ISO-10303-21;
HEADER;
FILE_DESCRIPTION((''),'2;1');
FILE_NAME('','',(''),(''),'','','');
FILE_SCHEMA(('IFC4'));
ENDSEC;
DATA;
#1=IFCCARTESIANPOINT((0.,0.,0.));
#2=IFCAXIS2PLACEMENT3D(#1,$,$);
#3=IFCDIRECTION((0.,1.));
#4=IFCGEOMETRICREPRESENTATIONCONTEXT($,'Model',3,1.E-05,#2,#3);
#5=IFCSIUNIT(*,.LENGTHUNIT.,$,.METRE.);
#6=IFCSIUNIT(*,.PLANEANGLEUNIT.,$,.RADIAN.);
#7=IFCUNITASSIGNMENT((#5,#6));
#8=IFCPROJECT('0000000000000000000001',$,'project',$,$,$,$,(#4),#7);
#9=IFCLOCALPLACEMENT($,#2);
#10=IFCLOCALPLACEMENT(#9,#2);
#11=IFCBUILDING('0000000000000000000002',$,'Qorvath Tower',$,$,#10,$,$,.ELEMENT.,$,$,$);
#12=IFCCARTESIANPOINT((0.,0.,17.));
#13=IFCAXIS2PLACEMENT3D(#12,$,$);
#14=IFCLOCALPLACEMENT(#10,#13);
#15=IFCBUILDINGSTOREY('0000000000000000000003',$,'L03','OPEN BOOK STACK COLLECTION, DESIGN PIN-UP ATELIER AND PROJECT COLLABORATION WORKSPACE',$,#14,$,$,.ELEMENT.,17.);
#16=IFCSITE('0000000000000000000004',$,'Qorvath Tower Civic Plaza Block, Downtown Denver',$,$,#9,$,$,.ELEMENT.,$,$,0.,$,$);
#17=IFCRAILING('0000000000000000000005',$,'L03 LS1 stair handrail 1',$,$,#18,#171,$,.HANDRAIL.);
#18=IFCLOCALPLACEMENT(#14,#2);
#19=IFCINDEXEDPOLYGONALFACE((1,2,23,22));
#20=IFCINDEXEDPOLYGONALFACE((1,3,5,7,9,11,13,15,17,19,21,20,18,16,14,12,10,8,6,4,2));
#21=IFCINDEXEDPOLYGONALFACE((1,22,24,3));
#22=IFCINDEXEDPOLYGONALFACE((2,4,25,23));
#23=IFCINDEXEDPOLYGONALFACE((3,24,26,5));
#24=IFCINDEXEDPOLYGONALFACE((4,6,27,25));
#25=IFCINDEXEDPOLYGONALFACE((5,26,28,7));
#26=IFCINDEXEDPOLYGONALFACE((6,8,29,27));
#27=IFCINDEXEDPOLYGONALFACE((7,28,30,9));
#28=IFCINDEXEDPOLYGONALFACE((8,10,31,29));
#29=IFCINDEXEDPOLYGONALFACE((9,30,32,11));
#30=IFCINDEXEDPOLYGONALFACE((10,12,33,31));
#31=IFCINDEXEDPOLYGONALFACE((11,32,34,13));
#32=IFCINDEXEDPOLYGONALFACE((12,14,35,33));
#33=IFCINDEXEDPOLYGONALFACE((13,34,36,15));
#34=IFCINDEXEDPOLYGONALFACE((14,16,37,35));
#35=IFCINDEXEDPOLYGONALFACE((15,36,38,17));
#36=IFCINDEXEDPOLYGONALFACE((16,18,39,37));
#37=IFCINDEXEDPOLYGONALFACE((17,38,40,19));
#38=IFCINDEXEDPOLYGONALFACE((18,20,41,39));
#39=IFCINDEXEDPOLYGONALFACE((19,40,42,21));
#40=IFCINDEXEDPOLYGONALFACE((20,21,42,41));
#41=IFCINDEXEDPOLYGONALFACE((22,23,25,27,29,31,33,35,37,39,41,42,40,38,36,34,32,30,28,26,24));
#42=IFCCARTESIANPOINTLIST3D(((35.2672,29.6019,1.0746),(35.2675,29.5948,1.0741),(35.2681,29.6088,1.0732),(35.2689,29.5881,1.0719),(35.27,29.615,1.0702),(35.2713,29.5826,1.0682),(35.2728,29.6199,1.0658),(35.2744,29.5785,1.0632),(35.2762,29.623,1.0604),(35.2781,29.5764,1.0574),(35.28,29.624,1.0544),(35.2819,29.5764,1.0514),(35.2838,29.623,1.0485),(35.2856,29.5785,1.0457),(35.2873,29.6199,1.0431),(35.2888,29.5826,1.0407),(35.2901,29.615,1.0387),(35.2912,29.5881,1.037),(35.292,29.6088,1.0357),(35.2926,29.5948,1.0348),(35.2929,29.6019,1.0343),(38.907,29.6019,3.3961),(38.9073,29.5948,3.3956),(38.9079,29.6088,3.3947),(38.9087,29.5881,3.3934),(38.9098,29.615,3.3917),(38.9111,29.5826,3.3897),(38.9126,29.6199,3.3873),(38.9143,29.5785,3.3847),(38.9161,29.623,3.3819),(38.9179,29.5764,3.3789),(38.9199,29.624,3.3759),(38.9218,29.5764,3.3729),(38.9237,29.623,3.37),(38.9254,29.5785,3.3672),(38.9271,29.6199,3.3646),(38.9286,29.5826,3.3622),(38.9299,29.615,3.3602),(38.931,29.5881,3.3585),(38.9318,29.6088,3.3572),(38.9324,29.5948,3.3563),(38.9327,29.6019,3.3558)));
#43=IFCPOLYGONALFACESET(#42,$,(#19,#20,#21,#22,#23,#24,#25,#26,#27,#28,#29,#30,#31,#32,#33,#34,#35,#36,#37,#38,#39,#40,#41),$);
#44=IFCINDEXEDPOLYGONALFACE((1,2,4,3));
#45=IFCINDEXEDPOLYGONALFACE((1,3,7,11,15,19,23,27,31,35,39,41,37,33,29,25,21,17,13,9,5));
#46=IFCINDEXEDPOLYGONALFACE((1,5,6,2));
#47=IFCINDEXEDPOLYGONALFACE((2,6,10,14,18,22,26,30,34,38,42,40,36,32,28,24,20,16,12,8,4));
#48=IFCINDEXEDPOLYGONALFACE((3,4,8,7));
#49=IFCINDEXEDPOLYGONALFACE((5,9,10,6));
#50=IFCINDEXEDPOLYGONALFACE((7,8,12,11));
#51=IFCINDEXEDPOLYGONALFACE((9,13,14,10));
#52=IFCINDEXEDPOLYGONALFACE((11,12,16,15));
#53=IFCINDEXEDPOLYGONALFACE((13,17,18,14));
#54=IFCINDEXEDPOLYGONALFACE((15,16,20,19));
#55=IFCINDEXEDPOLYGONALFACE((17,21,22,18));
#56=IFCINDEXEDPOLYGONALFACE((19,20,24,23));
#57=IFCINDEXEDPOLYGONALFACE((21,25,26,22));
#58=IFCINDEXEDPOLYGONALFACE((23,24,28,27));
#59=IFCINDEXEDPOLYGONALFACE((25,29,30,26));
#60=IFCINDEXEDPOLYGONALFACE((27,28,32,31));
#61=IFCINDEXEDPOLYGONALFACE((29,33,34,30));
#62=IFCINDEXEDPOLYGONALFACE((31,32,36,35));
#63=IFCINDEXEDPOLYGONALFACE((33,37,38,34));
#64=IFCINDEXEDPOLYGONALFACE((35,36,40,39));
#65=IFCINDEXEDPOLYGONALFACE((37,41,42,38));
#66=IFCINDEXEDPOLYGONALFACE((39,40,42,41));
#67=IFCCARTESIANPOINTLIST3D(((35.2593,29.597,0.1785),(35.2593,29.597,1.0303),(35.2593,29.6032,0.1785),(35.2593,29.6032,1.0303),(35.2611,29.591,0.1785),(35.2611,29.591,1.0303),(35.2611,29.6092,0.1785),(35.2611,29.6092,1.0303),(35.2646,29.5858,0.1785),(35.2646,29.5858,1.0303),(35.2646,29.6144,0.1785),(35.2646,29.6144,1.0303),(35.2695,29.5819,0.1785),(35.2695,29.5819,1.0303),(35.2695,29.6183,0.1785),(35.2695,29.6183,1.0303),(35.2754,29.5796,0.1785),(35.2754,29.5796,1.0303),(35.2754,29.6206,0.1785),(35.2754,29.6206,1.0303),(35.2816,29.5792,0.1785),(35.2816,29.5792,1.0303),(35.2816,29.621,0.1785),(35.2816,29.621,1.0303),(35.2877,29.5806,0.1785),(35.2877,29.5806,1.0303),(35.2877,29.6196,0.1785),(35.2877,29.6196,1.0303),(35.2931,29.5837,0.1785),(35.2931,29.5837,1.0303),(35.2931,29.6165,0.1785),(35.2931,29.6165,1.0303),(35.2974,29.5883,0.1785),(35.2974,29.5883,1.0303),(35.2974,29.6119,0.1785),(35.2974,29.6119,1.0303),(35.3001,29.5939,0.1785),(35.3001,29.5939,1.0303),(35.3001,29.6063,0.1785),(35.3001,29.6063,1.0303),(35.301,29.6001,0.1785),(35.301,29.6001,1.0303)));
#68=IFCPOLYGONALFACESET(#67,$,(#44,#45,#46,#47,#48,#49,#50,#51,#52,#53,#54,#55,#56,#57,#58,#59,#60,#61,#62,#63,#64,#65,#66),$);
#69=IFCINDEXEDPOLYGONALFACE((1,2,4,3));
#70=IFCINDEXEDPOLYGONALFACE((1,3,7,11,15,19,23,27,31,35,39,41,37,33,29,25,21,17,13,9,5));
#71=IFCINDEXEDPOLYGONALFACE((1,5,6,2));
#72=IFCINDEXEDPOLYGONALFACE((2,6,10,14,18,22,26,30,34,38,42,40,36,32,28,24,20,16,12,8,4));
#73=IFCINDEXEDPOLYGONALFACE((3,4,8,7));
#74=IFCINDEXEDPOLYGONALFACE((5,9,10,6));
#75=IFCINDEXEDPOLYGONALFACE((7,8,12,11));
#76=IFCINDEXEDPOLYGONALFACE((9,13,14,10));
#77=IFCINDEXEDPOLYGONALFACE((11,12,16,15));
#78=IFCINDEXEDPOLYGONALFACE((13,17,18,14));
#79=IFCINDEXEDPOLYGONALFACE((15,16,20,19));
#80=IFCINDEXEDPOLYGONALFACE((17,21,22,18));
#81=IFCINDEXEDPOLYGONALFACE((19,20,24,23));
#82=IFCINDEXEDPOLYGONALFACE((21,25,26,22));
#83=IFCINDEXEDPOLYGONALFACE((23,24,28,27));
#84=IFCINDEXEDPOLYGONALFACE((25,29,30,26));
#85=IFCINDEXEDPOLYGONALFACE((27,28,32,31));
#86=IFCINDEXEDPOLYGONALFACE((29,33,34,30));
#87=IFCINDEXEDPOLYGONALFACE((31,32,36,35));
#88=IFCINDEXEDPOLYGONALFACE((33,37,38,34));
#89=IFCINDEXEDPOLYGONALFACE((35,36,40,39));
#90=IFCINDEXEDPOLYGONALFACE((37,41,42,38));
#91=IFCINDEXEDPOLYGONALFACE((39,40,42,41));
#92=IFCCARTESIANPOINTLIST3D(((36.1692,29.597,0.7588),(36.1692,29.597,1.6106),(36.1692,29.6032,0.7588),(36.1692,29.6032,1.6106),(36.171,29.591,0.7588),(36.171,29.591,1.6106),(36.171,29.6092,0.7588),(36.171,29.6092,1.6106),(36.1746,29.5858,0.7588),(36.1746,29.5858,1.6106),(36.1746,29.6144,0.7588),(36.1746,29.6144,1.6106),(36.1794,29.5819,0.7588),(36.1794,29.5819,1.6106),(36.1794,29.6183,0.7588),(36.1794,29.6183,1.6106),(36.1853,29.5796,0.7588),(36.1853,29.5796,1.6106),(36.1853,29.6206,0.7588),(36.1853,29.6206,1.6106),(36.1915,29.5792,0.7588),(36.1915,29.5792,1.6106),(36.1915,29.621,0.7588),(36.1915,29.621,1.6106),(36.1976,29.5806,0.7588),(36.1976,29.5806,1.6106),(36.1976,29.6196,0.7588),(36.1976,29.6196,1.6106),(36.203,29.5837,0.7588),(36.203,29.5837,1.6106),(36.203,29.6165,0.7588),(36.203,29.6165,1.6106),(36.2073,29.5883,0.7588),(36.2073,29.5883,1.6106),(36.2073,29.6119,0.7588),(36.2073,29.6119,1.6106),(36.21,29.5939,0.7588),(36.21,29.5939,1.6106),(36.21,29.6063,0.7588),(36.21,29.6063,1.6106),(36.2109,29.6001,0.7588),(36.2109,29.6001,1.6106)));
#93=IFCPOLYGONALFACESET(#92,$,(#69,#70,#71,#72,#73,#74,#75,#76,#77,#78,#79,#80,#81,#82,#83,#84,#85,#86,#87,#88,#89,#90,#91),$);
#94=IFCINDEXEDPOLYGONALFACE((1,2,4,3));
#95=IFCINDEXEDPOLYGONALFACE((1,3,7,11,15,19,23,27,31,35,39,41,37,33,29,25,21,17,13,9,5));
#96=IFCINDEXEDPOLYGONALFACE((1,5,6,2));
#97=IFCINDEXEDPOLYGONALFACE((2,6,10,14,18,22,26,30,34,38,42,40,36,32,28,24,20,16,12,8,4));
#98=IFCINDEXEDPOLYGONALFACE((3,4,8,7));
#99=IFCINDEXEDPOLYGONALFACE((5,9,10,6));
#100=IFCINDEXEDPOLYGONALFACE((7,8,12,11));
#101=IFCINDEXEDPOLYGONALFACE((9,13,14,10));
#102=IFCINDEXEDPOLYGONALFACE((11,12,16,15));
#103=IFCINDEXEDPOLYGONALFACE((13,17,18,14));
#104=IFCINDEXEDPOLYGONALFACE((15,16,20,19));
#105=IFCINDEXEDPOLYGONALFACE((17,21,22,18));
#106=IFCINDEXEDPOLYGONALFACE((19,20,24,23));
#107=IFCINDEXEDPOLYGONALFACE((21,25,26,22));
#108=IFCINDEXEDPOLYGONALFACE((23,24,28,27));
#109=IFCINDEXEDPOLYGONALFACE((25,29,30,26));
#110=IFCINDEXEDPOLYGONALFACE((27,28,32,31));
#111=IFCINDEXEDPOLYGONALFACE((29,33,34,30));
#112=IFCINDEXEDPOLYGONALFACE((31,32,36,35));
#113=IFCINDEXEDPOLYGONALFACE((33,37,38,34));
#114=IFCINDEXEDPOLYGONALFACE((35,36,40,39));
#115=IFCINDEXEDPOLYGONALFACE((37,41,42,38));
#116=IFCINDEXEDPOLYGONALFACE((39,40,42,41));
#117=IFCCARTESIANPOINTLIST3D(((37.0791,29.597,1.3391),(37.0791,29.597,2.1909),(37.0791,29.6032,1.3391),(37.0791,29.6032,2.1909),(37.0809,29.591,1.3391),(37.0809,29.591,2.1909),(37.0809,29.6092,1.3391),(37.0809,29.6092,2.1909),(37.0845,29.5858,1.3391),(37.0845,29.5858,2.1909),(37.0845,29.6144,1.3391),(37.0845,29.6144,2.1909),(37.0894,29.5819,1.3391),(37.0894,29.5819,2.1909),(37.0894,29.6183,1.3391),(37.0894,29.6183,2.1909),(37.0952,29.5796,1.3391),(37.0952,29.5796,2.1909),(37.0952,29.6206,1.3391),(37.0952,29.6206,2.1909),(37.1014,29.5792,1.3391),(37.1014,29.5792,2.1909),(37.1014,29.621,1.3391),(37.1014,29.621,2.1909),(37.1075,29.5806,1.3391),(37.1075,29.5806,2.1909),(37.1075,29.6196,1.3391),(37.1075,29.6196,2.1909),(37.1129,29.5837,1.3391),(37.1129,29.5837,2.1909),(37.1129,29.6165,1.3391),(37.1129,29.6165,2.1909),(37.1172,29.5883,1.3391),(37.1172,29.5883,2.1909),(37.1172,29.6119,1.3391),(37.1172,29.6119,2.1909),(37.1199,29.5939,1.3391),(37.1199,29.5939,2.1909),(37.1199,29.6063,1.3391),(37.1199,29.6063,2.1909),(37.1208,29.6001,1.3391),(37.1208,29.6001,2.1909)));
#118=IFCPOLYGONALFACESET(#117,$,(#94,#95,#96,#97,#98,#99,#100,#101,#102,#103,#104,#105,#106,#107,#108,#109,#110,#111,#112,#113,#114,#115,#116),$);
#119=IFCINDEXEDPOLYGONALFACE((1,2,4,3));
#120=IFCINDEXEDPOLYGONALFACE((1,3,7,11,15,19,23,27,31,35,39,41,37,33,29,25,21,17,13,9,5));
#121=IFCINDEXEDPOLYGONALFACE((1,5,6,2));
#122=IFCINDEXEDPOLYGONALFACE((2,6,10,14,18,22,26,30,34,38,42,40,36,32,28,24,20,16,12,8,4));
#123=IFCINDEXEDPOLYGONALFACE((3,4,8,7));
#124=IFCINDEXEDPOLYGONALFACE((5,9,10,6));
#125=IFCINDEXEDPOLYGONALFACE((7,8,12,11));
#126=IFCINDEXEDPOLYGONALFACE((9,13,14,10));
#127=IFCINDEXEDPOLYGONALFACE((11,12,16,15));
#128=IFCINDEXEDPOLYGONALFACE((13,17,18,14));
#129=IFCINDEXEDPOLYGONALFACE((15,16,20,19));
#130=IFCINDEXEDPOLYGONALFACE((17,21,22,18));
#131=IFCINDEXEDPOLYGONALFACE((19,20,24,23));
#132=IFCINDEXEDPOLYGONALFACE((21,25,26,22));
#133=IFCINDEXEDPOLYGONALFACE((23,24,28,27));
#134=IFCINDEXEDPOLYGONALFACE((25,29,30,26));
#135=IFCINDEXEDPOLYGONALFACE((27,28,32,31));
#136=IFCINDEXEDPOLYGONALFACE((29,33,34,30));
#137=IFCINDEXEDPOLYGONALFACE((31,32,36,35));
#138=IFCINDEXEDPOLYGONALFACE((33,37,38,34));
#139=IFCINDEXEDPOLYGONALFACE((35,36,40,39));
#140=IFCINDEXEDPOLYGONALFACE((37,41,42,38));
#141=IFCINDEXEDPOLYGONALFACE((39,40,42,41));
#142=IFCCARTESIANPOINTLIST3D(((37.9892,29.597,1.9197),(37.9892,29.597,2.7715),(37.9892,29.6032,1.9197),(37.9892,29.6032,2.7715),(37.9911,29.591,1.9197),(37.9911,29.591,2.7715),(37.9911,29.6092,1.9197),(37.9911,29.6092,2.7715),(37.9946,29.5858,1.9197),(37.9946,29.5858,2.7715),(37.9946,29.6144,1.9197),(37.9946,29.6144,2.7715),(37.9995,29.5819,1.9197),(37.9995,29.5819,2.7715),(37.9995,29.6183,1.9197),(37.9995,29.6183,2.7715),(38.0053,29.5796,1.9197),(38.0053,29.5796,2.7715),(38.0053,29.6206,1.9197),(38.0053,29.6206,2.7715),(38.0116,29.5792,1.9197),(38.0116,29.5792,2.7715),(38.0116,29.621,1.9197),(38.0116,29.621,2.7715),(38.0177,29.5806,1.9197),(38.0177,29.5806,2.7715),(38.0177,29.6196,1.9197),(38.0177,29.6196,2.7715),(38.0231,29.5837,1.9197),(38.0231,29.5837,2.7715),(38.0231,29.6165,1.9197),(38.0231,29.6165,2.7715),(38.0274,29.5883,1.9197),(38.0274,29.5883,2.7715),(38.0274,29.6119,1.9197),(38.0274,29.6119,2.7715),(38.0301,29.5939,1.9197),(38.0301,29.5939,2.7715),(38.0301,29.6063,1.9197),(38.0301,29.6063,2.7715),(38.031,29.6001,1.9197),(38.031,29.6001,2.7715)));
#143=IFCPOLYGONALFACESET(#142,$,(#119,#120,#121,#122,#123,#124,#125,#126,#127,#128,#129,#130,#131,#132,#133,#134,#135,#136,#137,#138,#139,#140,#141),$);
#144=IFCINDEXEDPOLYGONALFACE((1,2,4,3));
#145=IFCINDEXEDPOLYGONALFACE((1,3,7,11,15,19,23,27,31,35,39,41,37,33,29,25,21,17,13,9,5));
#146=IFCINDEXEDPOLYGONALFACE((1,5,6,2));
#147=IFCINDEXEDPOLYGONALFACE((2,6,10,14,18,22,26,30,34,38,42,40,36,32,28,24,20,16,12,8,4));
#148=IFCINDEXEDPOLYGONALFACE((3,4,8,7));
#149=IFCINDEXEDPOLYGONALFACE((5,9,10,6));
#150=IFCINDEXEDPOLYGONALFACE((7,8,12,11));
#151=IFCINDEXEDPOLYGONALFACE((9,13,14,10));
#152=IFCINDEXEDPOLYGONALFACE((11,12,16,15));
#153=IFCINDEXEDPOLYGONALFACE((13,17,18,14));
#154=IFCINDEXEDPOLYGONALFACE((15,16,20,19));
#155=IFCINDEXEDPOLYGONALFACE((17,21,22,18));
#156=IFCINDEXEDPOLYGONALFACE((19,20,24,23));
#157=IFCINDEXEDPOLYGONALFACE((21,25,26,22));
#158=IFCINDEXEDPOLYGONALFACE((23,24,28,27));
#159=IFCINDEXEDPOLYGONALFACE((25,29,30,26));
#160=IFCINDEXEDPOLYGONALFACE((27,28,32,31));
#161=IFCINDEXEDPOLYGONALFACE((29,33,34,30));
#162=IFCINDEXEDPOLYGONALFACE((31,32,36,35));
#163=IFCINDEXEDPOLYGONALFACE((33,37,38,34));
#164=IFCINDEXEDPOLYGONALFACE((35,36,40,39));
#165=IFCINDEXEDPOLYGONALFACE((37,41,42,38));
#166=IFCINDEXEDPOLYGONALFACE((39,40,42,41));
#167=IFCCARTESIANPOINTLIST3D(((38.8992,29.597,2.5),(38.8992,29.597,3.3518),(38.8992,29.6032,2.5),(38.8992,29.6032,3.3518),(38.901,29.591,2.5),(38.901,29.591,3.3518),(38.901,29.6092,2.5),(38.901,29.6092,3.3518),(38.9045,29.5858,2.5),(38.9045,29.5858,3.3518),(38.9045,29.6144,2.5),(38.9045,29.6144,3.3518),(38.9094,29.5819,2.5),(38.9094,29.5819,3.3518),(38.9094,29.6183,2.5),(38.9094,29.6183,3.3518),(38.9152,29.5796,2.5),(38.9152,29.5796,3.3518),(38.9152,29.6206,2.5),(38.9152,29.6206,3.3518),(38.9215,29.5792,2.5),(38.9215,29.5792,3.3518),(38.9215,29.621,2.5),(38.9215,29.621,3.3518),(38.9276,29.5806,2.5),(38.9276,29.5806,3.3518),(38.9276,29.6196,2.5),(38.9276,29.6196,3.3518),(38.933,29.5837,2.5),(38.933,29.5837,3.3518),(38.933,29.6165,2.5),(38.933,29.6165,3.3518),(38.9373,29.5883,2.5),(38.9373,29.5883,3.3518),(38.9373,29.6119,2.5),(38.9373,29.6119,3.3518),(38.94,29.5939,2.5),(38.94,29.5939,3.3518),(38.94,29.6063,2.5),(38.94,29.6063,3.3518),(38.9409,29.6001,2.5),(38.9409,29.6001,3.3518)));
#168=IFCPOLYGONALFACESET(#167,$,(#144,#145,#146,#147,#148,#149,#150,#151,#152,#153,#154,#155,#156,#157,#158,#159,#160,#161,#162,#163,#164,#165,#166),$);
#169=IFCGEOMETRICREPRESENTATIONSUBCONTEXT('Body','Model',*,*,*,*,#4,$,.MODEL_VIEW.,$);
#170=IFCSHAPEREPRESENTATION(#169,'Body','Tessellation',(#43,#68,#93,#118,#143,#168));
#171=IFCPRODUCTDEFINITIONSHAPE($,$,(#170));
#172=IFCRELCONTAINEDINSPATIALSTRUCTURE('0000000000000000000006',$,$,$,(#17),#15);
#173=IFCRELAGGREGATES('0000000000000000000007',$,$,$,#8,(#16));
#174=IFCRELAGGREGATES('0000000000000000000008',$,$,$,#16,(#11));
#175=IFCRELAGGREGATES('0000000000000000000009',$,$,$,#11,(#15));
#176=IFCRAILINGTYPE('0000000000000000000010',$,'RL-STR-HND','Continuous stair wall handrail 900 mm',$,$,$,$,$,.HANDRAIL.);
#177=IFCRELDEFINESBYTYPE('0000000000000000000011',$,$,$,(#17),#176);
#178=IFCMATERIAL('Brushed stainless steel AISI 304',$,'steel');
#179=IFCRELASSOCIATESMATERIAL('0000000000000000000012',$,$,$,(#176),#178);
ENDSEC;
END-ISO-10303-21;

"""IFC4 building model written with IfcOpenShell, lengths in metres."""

from ifc_helpers import new_model, si_unit, direction, frame, origin, origin_2d, place, context, subcontext, project, spatial, circle, extrude, material, type_object, element, save


model = new_model("IFC4")

# Units and contexts
model_context = context("Model", 3, precision=1e-05, world=origin(), true_north=direction((0.0, 1.0)))
body_context = subcontext(model_context, "Body", "Model", "MODEL_VIEW")
ifc_project = project(units=[si_unit("LENGTHUNIT", "METRE"), si_unit("PLANEANGLEUNIT", "RADIAN")], contexts=[model_context])

# Site, building, storey
site_placement = place(None, origin())
site = spatial("IfcSite", under=ifc_project, at=site_placement, Name="Qorvath Tower Civic Plaza Block, Downtown Denver", CompositionType="ELEMENT", RefElevation=0.0)
building_placement = place(site_placement, origin())
building = spatial("IfcBuilding", under=site, at=building_placement, Name="Qorvath Tower", CompositionType="ELEMENT")
storey_placement = place(building_placement, frame((0.0, 0.0, 17.0)))
storey = spatial("IfcBuildingStorey", under=building, at=storey_placement, Name="L03", Description="OPEN BOOK STACK COLLECTION, DESIGN PIN-UP ATELIER AND PROJECT COLLABORATION WORKSPACE", CompositionType="ELEMENT", Elevation=17.0)

# Railing
ifc_material_1 = material(Name="Brushed stainless steel AISI 304", Category="steel")
railing_type_1 = type_object("IfcRailingType", Name="RL-STR-HND", Description="Continuous stair wall handrail 900 mm", PredefinedType="HANDRAIL", material=ifc_material_1)
railing_1_placement = place(storey_placement, frame((35.28, 29.6001, 0.1785)))
element("IfcRailing", 1, at=railing_1_placement, inside=storey, type_object=railing_type_1, Name="L03 LS1 stair handrail 1", PredefinedType="HANDRAIL", context=body_context, shape_type="SweptSolid", body=[
    extrude(circle(Radius=0.0239, at=origin_2d()), frame((0.0, 0.0, 0.876), z_axis=(0.843112, 0.0, 0.537739), x_axis=(0.0, 1.0, 0.0)), (0.0, 0.0, 1.0), 4.3171),
    extrude(circle(Radius=0.021, at=origin_2d()), origin(), (0.0, 0.0, 1.0), 0.8518),
    extrude(circle(Radius=0.021, at=origin_2d()), frame((0.9099, 0.0, 0.5803)), (0.0, 0.0, 1.0), 0.8518),
    extrude(circle(Radius=0.021, at=origin_2d()), frame((1.8198, 0.0, 1.1606)), (0.0, 0.0, 1.0), 0.8518),
    extrude(circle(Radius=0.021, at=origin_2d()), frame((2.73, 0.0, 1.7412)), (0.0, 0.0, 1.0), 0.8518),
    extrude(circle(Radius=0.021, at=origin_2d()), frame((3.6399, 0.0, 2.3215)), (0.0, 0.0, 1.0), 0.8518),
])

save(model, "model.ifc")
